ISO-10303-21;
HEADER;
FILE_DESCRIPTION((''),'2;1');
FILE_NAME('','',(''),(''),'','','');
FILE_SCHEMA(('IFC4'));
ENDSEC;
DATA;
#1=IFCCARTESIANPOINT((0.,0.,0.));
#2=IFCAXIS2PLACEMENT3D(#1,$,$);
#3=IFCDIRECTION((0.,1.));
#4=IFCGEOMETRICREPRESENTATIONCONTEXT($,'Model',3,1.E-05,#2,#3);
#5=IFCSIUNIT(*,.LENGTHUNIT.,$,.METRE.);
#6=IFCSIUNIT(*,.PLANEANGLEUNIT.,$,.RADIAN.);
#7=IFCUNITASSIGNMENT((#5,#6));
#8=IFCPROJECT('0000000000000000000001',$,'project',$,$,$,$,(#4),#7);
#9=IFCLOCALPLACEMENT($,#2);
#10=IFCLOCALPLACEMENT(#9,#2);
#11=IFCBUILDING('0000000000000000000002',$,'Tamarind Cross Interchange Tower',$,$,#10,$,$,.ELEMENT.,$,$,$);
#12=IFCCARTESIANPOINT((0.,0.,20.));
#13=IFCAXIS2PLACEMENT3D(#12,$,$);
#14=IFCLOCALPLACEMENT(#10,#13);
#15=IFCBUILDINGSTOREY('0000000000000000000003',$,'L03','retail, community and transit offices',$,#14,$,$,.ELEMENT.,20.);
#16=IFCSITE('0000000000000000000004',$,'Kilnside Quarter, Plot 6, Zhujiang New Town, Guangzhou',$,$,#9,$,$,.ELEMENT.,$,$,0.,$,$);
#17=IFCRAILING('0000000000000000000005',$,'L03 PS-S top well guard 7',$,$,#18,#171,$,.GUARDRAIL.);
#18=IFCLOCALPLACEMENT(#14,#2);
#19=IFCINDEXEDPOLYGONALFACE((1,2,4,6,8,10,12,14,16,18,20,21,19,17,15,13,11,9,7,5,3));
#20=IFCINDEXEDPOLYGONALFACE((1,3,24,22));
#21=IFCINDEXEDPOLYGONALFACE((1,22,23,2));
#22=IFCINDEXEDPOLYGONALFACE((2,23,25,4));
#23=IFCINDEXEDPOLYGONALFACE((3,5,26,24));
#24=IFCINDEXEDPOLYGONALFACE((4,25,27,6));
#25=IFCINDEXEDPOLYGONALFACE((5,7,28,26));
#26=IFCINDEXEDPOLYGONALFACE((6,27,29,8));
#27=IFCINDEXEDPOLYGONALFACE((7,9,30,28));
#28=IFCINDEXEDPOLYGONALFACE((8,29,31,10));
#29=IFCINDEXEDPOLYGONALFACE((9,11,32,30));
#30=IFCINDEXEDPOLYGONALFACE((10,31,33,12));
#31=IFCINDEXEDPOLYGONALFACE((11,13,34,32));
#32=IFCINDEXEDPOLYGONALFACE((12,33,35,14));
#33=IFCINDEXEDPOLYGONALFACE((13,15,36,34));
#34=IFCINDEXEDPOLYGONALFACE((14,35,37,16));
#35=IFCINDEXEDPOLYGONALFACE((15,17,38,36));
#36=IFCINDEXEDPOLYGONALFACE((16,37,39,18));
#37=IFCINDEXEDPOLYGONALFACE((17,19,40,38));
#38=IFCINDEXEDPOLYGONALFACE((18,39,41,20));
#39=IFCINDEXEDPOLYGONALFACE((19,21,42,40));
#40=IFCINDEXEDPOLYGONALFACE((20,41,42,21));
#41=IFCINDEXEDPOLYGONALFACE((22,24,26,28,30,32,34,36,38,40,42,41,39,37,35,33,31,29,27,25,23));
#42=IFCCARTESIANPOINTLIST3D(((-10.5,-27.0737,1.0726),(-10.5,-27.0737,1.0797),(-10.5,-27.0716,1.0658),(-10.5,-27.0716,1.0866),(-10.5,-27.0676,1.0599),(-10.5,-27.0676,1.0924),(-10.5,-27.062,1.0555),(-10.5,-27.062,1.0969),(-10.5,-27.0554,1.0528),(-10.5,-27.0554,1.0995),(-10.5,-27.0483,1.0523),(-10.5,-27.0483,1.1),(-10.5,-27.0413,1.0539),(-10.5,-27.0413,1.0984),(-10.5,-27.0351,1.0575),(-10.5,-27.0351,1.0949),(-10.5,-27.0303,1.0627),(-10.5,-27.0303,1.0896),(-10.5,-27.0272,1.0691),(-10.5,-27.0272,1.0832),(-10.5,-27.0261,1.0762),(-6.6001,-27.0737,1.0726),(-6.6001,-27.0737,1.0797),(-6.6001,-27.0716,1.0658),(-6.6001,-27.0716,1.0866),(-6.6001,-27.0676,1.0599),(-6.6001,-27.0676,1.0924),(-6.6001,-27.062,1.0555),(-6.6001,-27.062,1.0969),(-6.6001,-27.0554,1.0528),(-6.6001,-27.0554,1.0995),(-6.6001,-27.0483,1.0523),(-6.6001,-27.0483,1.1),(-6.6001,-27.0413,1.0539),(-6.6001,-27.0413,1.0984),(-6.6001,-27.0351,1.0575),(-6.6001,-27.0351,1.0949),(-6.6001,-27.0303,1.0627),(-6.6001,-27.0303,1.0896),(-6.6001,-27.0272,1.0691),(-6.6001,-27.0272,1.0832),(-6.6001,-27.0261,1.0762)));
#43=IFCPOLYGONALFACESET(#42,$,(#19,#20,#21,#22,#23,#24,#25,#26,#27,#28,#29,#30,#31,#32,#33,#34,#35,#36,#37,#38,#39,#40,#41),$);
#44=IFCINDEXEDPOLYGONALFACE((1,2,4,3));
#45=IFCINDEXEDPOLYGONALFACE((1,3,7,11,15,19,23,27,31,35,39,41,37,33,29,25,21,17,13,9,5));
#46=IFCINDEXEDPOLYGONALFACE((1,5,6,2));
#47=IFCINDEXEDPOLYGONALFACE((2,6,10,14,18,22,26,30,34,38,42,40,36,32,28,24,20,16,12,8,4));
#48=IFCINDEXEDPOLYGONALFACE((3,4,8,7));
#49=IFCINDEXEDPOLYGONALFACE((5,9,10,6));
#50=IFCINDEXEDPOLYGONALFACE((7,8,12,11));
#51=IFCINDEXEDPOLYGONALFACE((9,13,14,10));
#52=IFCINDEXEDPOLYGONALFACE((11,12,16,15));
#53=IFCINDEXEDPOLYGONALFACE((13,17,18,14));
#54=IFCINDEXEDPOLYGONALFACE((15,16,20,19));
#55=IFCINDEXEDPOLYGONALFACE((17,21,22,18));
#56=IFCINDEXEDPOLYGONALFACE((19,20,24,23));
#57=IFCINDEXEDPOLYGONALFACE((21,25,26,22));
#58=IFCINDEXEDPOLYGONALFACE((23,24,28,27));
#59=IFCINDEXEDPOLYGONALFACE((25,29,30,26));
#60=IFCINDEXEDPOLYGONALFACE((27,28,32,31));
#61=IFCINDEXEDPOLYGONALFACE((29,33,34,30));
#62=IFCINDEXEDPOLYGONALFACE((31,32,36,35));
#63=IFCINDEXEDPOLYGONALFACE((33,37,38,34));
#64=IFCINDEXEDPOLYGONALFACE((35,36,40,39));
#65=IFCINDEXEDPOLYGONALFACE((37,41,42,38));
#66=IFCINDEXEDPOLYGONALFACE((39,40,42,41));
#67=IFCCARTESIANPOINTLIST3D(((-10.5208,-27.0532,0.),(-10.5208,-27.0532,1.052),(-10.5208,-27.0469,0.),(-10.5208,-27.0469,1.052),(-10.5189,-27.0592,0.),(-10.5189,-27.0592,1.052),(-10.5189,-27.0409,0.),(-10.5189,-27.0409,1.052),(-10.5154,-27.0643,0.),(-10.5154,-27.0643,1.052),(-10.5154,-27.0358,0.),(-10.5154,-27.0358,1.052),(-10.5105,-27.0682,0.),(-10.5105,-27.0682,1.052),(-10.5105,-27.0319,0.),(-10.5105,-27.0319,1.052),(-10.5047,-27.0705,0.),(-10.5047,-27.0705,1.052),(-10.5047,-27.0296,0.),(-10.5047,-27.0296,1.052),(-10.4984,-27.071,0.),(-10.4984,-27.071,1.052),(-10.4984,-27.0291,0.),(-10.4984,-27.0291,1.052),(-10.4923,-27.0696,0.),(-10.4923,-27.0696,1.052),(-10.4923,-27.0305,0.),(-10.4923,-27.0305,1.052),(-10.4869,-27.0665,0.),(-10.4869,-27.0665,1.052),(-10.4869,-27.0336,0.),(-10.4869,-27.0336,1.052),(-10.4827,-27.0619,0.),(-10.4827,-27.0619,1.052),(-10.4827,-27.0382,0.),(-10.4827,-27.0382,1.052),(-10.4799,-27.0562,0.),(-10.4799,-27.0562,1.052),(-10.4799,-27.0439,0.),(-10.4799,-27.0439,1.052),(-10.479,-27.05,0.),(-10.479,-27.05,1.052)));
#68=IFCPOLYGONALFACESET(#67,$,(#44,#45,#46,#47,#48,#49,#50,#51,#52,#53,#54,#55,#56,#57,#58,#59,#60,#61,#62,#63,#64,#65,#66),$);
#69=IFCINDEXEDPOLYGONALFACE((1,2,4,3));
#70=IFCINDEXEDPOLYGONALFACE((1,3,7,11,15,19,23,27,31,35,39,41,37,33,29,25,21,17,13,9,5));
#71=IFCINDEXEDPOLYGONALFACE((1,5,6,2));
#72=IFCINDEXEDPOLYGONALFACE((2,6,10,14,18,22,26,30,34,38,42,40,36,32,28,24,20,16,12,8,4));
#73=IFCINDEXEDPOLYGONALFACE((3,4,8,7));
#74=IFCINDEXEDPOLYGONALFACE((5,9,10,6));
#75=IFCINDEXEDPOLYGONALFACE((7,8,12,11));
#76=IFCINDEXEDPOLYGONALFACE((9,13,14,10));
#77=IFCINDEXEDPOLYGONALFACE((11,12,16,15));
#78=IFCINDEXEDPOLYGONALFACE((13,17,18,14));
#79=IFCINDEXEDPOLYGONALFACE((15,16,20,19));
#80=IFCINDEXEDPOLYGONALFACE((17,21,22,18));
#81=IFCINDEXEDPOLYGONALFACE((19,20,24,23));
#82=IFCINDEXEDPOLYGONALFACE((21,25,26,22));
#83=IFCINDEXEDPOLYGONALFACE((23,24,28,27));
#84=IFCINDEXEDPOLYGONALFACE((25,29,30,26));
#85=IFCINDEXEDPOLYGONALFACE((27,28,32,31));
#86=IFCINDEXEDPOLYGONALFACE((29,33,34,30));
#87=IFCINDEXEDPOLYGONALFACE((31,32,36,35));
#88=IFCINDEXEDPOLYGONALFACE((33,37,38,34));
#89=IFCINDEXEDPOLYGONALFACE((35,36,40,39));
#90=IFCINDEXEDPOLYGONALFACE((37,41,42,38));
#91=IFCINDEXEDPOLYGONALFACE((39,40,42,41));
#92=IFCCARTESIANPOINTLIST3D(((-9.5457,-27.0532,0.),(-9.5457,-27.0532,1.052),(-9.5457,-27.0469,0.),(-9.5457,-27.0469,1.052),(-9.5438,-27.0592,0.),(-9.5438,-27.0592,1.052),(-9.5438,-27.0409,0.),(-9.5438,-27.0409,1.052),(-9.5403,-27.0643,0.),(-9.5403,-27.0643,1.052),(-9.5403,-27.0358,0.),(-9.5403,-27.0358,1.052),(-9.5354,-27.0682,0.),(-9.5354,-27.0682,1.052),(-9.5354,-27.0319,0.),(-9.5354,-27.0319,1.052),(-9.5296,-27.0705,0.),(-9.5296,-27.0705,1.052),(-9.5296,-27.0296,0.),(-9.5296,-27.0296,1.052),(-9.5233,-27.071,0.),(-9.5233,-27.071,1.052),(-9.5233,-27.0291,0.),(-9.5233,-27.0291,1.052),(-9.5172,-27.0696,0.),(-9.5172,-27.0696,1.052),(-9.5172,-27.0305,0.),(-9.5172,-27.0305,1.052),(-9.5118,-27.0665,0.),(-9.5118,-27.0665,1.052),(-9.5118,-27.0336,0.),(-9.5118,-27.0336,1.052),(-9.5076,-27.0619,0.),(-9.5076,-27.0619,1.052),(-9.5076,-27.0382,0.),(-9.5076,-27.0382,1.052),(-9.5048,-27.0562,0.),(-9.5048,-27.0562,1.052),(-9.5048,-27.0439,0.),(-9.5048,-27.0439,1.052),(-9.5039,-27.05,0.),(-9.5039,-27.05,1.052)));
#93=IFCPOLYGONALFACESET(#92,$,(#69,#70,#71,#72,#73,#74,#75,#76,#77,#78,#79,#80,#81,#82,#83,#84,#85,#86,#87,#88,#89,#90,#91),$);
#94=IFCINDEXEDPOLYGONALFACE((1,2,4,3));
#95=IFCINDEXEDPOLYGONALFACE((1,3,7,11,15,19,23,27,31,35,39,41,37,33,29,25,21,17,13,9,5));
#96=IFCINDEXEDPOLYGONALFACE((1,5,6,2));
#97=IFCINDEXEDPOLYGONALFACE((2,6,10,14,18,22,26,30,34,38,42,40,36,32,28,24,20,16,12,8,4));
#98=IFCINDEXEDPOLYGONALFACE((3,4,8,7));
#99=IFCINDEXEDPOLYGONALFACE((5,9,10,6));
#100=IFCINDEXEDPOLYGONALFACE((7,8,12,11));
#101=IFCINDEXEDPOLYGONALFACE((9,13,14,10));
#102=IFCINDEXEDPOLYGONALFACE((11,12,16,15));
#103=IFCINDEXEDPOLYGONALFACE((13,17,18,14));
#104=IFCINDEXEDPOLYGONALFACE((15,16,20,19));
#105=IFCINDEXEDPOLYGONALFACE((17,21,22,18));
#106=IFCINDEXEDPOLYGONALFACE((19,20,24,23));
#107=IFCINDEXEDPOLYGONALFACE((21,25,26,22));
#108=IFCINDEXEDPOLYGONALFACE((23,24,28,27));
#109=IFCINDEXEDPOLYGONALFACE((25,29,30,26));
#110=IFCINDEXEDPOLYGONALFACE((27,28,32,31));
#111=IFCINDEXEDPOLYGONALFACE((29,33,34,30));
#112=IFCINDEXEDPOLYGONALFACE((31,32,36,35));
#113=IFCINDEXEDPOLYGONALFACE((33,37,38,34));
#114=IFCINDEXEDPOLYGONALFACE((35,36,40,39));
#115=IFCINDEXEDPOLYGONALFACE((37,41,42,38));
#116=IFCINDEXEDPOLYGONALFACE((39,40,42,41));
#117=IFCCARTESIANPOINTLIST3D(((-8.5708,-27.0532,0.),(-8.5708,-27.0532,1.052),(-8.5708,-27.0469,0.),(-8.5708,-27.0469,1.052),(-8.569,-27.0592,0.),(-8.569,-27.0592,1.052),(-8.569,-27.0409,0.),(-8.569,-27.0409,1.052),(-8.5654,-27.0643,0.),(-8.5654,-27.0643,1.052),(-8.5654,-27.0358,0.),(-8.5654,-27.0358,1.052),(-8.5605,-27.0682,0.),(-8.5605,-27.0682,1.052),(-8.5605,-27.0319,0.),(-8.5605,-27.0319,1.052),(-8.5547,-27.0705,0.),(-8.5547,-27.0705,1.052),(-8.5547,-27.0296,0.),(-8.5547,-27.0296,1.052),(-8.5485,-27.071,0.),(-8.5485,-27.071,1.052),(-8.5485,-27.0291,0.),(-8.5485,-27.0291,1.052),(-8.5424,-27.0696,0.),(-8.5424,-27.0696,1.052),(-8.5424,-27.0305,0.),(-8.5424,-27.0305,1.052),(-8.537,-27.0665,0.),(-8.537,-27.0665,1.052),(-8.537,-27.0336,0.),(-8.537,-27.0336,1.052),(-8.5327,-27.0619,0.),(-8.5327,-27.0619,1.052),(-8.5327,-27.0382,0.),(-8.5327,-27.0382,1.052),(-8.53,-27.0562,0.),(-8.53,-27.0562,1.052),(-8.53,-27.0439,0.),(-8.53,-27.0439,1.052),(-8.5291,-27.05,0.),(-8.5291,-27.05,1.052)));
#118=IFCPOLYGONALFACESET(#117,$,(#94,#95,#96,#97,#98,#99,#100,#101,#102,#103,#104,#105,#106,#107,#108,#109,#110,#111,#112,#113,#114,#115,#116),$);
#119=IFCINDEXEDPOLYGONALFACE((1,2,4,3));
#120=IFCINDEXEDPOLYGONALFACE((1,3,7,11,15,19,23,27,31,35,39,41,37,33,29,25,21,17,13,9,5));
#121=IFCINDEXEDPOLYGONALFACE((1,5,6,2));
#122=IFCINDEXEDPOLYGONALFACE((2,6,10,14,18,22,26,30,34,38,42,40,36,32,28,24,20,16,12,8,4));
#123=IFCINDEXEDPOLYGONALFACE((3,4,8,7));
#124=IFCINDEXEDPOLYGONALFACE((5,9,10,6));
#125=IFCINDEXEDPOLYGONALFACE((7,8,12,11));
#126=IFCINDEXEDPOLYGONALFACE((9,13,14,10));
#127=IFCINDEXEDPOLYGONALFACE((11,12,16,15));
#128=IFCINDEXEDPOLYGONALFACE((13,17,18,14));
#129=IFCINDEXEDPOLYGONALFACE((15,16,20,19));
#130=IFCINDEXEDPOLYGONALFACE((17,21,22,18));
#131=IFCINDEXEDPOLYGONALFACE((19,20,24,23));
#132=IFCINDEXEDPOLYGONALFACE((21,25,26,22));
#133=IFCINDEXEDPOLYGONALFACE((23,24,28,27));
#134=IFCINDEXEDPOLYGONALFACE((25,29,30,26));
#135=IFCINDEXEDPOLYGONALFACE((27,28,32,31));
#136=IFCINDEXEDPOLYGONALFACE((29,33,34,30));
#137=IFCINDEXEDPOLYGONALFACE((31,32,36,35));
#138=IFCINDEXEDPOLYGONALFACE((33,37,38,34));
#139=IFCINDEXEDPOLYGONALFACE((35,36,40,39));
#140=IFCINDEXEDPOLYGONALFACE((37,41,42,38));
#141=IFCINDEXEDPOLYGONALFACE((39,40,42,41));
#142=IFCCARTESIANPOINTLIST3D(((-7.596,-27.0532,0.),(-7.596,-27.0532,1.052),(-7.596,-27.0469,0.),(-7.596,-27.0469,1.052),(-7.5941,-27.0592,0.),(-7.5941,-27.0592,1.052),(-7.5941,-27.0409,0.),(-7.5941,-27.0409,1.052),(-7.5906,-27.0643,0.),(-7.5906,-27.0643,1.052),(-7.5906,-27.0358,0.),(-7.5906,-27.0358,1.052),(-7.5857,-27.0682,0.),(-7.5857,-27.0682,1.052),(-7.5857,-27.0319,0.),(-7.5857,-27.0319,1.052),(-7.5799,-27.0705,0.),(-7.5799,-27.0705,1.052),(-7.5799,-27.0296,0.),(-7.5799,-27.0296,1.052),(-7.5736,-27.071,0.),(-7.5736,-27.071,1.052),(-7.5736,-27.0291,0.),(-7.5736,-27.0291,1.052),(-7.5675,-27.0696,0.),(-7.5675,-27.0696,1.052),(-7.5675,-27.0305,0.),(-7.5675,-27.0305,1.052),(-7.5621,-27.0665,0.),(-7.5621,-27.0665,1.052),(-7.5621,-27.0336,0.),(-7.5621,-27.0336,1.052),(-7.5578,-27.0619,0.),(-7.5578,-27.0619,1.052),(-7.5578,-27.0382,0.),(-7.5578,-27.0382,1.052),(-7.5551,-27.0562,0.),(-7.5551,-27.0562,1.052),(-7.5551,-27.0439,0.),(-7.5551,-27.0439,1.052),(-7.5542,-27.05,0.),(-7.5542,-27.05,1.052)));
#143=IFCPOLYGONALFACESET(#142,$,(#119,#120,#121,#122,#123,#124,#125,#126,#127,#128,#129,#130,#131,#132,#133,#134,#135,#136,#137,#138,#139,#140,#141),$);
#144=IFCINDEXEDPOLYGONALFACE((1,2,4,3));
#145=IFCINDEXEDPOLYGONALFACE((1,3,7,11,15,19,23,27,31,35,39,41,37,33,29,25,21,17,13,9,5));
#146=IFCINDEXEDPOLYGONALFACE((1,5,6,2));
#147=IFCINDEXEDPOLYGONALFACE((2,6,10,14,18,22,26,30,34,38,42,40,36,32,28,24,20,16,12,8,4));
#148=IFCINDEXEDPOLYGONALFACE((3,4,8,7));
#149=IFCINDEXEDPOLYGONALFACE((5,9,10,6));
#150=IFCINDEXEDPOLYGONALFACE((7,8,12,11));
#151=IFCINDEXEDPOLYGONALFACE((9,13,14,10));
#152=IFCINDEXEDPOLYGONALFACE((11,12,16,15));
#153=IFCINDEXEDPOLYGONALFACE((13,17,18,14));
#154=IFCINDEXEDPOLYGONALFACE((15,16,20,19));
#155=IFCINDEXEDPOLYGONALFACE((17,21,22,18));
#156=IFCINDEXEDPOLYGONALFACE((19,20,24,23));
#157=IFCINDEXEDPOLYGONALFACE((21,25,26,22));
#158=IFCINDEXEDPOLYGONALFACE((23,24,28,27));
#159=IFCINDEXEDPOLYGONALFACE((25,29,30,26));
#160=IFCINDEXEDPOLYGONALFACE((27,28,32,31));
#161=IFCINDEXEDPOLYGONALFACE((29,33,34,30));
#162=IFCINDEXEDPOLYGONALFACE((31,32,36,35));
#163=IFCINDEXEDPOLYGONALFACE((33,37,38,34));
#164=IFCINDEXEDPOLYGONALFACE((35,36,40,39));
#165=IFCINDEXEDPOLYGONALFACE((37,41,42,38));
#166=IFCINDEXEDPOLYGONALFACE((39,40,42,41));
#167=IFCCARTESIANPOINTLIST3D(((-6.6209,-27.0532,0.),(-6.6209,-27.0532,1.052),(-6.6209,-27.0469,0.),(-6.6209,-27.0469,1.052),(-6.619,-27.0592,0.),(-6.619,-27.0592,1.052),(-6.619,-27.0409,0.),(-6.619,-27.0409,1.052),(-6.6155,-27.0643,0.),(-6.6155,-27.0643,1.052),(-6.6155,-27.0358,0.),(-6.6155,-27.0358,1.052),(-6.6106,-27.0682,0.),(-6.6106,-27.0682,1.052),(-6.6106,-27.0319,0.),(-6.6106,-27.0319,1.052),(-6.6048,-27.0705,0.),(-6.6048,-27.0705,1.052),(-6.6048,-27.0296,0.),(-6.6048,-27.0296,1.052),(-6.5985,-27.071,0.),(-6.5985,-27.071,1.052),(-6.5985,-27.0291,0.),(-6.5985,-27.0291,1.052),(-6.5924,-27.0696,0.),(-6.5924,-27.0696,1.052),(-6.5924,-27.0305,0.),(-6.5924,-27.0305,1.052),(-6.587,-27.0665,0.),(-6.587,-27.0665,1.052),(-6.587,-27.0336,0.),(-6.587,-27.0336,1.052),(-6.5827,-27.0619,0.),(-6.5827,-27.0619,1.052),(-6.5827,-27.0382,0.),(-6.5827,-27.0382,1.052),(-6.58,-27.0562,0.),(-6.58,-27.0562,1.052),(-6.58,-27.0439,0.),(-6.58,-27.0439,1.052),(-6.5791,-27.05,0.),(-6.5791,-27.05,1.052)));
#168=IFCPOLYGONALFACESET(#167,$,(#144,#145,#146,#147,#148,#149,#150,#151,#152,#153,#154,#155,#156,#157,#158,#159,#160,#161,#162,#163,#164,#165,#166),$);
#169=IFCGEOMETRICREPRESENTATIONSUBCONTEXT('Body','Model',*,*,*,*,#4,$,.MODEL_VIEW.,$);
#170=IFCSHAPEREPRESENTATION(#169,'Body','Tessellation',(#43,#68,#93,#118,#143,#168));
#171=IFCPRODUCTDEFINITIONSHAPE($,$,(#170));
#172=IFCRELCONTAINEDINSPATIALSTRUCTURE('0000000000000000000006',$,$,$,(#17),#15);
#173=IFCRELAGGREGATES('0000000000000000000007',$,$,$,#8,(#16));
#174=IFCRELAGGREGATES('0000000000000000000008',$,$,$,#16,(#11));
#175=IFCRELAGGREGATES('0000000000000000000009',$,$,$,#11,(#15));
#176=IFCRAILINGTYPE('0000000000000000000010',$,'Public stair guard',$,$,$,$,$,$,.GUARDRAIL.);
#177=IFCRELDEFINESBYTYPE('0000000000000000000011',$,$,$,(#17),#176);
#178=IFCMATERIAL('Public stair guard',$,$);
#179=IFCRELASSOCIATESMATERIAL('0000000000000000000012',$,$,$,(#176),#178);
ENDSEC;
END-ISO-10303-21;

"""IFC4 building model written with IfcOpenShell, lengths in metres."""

from ifc_helpers import new_model, si_unit, direction, frame, origin, origin_2d, place, context, subcontext, project, spatial, circle, extrude, material, type_object, element, save


model = new_model("IFC4")

# Units and contexts
model_context = context("Model", 3, precision=1e-05, world=origin(), true_north=direction((0.0, 1.0)))
body_context = subcontext(model_context, "Body", "Model", "MODEL_VIEW")
ifc_project = project(units=[si_unit("LENGTHUNIT", "METRE"), si_unit("PLANEANGLEUNIT", "RADIAN")], contexts=[model_context])

# Site, building, storey
site_placement = place(None, origin())
site = spatial("IfcSite", under=ifc_project, at=site_placement, Name="Kilnside Quarter, Plot 6, Zhujiang New Town, Guangzhou", CompositionType="ELEMENT", RefElevation=0.0)
building_placement = place(site_placement, origin())
building = spatial("IfcBuilding", under=site, at=building_placement, Name="Tamarind Cross Interchange Tower", CompositionType="ELEMENT")
storey_placement = place(building_placement, frame((0.0, 0.0, 20.0)))
storey = spatial("IfcBuildingStorey", under=building, at=storey_placement, Name="L03", Description="retail, community and transit offices", CompositionType="ELEMENT", Elevation=20.0)

# Railing
ifc_material_1 = material(Name="Public stair guard")
railing_type_1 = type_object("IfcRailingType", Name="Public stair guard", PredefinedType="GUARDRAIL", material=ifc_material_1)
railing_1_placement = place(storey_placement, frame((-10.5, -27.05, 0.0)))
element("IfcRailing", 1, at=railing_1_placement, inside=storey, type_object=railing_type_1, Name="L03 PS-S top well guard 7", PredefinedType="GUARDRAIL", context=body_context, shape_type="SweptSolid", body=[
    extrude(circle(Radius=0.0239, at=origin_2d()), frame((0.0, 0.0, 1.0762), z_axis=(1.0, 0.0, 0.0), x_axis=(0.0, 1.0, 0.0)), (0.0, 0.0, 1.0), 3.8999),
    extrude(circle(Radius=0.021, at=origin_2d()), origin(), (0.0, 0.0, 1.0), 1.052),
    extrude(circle(Radius=0.021, at=origin_2d()), frame((0.9751, 0.0, 0.0)), (0.0, 0.0, 1.0), 1.052),
    extrude(circle(Radius=0.021, at=origin_2d()), frame((1.95, 0.0, 0.0)), (0.0, 0.0, 1.0), 1.052),
    extrude(circle(Radius=0.021, at=origin_2d()), frame((2.9248, 0.0, 0.0)), (0.0, 0.0, 1.0), 1.052),
    extrude(circle(Radius=0.021, at=origin_2d()), frame((3.8999, 0.0, 0.0)), (0.0, 0.0, 1.0), 1.052),
])

save(model, "model.ifc")
